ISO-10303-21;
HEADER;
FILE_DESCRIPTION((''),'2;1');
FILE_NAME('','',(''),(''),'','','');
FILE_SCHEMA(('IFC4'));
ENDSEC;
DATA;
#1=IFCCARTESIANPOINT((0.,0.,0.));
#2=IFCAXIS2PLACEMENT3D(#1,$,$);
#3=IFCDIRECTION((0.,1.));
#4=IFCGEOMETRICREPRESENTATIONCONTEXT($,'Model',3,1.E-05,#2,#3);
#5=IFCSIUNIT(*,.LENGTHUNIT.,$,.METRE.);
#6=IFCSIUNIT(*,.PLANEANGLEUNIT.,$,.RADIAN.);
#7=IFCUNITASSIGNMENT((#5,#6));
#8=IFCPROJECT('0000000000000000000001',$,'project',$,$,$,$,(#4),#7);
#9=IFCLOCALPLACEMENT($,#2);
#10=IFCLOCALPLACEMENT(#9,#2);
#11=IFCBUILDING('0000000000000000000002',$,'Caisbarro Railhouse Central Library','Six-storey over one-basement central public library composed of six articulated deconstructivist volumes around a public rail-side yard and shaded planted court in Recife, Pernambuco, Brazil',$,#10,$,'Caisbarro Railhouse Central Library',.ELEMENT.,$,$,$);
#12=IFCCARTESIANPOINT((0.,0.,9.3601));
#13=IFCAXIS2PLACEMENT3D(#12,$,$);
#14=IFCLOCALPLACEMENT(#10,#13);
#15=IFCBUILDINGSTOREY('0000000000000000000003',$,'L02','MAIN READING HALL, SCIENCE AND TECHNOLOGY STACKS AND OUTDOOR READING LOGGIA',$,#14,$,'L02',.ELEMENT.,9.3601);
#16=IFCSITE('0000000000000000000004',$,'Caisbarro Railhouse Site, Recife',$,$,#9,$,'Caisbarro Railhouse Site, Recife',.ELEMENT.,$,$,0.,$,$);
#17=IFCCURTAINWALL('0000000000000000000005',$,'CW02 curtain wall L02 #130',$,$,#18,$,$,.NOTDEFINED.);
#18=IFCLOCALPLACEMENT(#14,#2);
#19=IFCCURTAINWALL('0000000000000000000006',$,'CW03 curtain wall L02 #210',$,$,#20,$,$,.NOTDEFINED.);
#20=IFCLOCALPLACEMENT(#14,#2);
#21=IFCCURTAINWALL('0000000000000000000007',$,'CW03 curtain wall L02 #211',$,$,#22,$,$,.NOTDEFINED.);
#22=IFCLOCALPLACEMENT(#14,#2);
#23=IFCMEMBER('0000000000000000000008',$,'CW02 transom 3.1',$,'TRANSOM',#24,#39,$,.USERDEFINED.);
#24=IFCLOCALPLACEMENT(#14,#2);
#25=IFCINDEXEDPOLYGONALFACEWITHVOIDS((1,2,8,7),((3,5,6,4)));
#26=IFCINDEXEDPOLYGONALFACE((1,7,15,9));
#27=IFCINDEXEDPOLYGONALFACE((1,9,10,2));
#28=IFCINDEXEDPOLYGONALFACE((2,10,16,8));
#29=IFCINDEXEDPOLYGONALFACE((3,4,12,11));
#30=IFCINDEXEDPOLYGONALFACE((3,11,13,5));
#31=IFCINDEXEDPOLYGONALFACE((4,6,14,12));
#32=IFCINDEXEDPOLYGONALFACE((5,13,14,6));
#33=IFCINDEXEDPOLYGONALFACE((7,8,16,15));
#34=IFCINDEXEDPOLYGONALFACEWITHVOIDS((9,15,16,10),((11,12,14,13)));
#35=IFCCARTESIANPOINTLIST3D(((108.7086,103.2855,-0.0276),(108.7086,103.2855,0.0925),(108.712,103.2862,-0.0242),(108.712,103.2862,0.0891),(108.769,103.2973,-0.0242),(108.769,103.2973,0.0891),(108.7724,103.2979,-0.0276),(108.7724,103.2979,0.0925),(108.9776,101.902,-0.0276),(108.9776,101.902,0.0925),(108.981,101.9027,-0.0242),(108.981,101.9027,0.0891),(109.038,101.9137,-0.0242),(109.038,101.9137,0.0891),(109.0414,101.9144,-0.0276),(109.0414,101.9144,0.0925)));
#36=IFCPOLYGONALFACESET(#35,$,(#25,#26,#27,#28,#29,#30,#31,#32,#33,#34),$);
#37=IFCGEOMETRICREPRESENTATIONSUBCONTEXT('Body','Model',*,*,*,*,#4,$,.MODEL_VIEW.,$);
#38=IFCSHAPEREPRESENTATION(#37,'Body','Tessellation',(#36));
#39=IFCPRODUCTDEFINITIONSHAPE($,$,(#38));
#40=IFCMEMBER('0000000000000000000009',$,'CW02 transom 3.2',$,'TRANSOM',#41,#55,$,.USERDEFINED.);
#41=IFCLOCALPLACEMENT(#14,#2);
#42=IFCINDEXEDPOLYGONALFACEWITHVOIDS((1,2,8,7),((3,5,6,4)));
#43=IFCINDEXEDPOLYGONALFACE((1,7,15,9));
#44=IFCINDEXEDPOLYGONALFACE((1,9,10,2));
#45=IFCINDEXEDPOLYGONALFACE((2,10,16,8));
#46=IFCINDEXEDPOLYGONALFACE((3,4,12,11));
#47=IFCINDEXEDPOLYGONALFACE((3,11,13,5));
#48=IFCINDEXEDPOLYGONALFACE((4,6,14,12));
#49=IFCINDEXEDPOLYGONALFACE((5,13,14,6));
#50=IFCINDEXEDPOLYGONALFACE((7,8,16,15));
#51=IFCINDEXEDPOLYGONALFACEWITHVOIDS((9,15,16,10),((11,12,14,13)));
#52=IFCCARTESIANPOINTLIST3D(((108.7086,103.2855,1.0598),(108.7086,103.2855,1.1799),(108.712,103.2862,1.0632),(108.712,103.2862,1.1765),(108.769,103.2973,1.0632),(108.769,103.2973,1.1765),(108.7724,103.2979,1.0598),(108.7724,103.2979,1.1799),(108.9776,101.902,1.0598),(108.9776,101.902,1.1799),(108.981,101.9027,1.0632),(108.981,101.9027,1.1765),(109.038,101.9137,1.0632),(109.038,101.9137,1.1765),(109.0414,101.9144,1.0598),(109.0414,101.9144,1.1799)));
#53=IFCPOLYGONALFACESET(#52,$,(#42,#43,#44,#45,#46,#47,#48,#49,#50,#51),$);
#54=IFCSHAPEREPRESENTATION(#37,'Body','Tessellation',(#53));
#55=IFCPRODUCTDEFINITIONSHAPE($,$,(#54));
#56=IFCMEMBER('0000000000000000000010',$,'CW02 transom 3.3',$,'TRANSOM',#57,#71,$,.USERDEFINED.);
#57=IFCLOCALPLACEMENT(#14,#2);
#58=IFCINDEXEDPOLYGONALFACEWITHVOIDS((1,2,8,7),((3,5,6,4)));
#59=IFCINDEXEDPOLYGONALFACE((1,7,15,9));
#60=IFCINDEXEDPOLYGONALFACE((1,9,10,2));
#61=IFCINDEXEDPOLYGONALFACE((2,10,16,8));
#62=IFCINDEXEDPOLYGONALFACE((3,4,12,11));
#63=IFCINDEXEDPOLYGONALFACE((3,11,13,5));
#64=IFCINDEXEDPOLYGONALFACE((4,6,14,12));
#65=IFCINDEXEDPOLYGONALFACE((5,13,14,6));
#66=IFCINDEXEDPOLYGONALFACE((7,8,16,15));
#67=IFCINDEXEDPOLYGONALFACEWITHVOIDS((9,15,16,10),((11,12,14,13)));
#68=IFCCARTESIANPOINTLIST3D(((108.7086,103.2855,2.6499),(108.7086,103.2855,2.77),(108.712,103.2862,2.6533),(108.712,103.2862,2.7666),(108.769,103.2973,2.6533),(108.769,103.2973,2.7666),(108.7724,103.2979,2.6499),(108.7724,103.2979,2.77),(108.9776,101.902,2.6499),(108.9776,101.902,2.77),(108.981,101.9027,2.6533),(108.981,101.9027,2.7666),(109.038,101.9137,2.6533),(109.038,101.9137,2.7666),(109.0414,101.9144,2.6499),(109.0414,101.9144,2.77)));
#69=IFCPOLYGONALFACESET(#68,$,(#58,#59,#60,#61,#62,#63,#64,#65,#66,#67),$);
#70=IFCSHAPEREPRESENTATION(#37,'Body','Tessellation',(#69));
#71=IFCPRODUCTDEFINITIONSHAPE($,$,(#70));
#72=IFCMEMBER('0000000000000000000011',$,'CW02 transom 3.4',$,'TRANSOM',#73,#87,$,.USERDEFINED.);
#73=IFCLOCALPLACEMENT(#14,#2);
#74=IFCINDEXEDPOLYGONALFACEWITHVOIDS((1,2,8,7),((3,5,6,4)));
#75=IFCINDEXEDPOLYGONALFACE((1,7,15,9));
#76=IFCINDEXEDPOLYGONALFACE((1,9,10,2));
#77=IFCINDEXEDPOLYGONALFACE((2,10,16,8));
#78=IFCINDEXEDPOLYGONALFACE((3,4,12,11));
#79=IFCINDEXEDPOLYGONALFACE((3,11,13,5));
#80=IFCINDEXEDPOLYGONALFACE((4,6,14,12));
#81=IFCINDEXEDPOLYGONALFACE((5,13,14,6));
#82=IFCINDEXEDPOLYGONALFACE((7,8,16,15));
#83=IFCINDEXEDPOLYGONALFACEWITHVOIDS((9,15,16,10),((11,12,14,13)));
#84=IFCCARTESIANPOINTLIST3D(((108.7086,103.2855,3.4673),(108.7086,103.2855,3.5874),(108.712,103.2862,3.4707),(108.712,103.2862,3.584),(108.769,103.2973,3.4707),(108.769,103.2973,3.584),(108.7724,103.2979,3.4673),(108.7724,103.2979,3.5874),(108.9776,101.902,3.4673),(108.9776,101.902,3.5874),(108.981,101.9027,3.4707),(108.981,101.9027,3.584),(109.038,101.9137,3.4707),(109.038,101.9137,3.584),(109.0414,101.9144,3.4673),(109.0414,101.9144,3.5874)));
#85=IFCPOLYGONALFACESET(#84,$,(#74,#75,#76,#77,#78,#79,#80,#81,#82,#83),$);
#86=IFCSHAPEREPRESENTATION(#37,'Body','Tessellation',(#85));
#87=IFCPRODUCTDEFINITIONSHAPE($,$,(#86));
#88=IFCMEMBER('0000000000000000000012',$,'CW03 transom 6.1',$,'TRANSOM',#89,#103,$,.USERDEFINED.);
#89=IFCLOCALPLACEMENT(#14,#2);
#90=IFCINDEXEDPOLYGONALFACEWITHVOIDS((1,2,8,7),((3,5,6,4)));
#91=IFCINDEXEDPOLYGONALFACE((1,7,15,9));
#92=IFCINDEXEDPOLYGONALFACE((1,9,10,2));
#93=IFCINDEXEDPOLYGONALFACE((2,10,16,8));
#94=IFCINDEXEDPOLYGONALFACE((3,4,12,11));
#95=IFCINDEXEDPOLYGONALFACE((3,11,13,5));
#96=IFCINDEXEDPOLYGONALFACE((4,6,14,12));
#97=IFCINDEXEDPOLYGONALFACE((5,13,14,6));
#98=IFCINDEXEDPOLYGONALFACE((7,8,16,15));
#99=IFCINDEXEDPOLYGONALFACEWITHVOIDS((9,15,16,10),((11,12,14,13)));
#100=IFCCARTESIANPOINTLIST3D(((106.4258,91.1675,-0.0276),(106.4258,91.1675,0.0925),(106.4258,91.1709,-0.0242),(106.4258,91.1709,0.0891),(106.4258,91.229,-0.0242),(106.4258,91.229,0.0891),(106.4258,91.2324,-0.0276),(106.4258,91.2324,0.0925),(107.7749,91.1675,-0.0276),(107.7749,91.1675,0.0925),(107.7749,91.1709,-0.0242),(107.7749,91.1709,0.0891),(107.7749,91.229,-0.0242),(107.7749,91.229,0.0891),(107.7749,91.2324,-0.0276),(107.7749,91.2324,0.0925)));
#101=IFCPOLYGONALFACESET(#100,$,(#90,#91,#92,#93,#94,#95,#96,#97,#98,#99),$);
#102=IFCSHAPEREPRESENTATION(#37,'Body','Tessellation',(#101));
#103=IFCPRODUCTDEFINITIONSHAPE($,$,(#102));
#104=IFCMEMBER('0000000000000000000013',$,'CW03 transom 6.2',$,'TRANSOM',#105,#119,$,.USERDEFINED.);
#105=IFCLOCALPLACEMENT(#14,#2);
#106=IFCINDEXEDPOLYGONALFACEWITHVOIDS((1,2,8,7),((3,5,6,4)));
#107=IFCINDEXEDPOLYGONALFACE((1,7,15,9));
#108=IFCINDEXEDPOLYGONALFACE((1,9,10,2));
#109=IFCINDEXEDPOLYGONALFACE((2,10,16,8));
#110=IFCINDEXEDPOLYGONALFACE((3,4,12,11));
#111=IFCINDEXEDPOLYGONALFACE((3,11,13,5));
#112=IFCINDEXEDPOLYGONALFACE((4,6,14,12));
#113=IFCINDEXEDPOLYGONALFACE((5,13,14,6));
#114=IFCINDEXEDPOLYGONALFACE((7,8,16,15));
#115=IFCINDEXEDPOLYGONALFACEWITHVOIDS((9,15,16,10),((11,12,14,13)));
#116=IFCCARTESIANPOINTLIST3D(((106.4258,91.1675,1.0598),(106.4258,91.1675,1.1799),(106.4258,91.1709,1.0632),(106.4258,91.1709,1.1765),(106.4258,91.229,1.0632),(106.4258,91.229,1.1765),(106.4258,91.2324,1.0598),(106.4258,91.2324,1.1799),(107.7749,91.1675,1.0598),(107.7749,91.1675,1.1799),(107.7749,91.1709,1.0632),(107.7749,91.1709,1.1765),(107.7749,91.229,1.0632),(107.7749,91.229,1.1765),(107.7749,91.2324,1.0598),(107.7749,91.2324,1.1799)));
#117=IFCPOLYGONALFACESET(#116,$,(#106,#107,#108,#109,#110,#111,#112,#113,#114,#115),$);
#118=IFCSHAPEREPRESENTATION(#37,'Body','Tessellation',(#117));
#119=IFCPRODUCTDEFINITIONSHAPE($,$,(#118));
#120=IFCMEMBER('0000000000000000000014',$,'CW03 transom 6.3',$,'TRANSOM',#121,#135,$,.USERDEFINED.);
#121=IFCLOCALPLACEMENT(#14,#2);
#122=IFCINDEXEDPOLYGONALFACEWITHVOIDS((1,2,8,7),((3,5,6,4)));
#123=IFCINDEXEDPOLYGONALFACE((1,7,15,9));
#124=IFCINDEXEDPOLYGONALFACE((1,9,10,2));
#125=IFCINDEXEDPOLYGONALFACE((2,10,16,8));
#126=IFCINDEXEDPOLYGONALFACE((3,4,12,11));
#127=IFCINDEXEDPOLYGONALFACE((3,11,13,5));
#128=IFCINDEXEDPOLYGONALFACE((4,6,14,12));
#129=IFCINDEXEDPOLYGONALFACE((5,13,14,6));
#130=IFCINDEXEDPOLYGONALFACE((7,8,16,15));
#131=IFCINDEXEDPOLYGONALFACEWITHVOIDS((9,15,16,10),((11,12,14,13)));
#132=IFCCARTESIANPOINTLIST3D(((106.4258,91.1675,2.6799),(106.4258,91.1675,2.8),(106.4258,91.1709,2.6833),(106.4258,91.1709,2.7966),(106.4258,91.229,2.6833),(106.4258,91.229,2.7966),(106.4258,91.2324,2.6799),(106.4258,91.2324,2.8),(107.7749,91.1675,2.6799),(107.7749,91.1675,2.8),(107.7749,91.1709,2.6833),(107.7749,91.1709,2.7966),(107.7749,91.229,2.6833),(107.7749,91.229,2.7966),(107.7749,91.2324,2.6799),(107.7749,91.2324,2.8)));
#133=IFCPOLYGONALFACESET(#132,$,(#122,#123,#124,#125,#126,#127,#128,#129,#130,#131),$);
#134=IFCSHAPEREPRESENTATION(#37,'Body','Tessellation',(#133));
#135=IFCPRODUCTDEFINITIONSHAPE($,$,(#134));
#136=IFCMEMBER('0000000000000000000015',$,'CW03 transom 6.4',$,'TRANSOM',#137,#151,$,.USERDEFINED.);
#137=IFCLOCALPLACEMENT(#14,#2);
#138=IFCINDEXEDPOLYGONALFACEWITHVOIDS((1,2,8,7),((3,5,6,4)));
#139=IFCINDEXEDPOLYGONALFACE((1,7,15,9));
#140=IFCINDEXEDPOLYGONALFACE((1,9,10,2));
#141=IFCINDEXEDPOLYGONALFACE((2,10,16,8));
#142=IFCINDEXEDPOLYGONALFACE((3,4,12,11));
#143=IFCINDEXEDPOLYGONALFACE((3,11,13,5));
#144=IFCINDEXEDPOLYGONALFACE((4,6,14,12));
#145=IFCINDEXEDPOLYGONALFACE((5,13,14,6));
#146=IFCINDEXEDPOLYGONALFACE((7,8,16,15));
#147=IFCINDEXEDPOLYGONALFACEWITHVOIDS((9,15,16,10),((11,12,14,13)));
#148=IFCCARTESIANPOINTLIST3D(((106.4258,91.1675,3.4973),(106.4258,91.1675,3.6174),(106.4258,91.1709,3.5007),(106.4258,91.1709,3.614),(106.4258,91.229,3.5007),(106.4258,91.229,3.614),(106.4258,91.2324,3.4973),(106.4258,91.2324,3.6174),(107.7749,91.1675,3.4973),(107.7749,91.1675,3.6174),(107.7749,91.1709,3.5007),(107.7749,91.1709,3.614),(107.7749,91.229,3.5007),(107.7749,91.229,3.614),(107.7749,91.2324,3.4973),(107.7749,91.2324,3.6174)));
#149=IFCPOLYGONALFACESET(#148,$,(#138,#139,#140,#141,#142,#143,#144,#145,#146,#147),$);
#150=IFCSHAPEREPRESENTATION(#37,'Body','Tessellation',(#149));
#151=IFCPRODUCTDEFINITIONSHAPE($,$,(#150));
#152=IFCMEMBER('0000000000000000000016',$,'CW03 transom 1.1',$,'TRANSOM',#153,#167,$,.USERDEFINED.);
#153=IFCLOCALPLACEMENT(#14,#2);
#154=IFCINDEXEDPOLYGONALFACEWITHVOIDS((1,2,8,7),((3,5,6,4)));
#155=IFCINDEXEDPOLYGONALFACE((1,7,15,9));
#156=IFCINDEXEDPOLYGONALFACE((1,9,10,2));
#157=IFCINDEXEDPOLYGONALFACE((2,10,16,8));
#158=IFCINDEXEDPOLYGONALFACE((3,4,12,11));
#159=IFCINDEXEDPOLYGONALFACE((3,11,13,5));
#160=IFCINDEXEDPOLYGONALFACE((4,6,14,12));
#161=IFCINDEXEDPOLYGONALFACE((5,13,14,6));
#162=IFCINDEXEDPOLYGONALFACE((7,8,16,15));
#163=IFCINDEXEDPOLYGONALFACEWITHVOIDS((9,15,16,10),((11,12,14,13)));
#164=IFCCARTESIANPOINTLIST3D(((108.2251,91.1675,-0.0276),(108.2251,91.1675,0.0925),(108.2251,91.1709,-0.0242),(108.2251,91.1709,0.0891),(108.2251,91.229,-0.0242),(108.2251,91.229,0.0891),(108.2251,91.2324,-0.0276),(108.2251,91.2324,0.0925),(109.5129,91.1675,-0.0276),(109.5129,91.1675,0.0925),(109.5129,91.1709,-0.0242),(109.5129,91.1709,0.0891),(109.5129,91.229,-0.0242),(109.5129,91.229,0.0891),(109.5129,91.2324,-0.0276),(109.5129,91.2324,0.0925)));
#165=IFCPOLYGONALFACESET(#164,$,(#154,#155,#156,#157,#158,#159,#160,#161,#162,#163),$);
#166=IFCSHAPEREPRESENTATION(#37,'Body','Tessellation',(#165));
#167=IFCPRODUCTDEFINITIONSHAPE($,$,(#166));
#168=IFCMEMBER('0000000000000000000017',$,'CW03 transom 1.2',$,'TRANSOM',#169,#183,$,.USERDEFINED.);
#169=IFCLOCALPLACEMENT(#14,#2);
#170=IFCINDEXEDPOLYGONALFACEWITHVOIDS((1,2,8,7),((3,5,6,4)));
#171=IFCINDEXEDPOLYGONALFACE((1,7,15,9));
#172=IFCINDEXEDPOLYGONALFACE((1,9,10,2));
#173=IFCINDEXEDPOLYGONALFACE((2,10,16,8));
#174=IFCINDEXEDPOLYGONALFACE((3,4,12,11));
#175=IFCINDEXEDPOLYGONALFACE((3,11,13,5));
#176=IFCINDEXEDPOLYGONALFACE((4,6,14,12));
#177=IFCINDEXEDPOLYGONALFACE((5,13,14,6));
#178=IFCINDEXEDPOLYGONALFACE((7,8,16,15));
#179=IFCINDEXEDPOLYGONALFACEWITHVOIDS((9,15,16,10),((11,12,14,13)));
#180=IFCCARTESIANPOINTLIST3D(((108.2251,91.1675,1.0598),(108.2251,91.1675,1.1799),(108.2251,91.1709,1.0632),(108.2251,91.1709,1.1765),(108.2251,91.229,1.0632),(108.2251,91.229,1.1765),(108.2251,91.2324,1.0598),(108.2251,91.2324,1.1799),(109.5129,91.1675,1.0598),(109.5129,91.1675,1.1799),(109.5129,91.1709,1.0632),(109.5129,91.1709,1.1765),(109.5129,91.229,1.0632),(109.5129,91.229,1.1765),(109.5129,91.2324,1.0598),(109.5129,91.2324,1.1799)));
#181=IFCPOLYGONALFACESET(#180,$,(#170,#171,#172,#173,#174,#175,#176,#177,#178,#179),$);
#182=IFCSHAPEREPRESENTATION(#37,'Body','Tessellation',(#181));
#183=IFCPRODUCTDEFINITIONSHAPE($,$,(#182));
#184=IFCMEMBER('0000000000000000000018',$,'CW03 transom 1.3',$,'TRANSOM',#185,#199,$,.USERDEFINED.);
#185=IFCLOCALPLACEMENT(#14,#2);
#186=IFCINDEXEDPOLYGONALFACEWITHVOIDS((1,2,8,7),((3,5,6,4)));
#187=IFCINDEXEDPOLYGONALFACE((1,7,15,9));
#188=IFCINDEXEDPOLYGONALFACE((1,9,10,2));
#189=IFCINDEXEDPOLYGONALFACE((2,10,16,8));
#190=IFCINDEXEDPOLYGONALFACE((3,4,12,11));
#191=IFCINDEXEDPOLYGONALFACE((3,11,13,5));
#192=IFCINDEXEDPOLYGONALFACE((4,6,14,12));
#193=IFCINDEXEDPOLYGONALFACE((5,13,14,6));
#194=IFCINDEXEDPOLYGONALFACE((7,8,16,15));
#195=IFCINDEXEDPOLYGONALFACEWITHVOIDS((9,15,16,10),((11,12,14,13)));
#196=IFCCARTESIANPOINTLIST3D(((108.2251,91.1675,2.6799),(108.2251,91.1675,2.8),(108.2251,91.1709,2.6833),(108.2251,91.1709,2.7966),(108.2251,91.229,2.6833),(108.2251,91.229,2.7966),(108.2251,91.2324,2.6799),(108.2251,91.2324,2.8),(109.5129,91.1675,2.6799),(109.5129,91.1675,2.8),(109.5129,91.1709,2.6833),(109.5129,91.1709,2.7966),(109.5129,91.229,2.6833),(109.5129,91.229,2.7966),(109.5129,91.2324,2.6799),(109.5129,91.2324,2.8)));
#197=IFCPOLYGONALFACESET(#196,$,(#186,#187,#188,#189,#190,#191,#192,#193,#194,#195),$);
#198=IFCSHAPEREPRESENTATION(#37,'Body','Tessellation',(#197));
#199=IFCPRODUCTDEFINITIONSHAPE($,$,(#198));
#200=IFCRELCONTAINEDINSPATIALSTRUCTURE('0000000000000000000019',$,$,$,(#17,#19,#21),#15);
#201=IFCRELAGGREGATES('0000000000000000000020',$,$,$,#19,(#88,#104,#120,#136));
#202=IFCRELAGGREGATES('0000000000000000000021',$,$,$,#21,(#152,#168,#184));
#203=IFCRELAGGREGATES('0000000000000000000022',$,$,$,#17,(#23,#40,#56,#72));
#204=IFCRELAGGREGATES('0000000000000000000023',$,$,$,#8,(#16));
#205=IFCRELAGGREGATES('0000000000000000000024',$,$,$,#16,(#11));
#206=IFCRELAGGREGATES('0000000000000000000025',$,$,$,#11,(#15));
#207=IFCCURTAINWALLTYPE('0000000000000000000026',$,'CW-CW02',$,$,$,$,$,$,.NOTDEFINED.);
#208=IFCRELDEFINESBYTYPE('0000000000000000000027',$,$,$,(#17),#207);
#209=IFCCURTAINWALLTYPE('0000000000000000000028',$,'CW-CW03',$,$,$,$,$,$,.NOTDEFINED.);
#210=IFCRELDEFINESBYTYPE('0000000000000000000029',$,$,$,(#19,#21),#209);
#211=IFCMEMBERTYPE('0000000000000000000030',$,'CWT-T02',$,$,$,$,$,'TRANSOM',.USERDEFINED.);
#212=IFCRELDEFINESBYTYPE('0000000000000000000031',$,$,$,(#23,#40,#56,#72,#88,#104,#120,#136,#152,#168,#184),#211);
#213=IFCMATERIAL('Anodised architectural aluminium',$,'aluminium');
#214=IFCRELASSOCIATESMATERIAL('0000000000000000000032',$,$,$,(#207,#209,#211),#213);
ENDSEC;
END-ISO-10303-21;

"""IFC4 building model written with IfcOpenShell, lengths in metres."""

from ifc_helpers import new_model, si_unit, direction, frame, origin, origin_2d, place, context, subcontext, project, spatial, hollow_rectangle, extrude, material, material_profile, profile_set, type_object, element, aggregate, save


model = new_model("IFC4")

# Units and contexts
model_context = context("Model", 3, precision=1e-05, world=origin(), true_north=direction((0.0, 1.0)))
body_context = subcontext(model_context, "Body", "Model", "MODEL_VIEW")
ifc_project = project(units=[si_unit("LENGTHUNIT", "METRE"), si_unit("PLANEANGLEUNIT", "RADIAN")], contexts=[model_context])

# Site, building, storey
site_placement = place(None, origin())
site = spatial("IfcSite", under=ifc_project, at=site_placement, Name="Caisbarro Railhouse Site, Recife", LongName="Caisbarro Railhouse Site, Recife", CompositionType="ELEMENT", RefElevation=0.0)
building_placement = place(site_placement, origin())
building = spatial("IfcBuilding", under=site, at=building_placement, Name="Caisbarro Railhouse Central Library", Description="Six-storey over one-basement central public library composed of six articulated deconstructivist volumes around a public rail-side yard and shaded planted court in Recife, Pernambuco, Brazil", LongName="Caisbarro Railhouse Central Library", CompositionType="ELEMENT")
storey_placement = place(building_placement, frame((0.0, 0.0, 9.3601)))
storey = spatial("IfcBuildingStorey", under=building, at=storey_placement, Name="L02", Description="MAIN READING HALL, SCIENCE AND TECHNOLOGY STACKS AND OUTDOOR READING LOGGIA", LongName="L02", CompositionType="ELEMENT", Elevation=9.3601)

# Curtain wall
ifc_material_1 = material(Name="Anodised architectural aluminium", Category="aluminium")
curtain_wall_type_1 = type_object("IfcCurtainWallType", Name="CW-CW02", PredefinedType="NOTDEFINED", material=ifc_material_1)
curtain_wall_1_placement = place(storey_placement, origin())
curtain_wall_1 = element("IfcCurtainWall", 1, at=curtain_wall_1_placement, inside=storey, type_object=curtain_wall_type_1, Name="CW02 curtain wall L02 #130", PredefinedType="NOTDEFINED")

# Curtain wall
curtain_wall_type_2 = type_object("IfcCurtainWallType", Name="CW-CW03", PredefinedType="NOTDEFINED", material=ifc_material_1)
curtain_wall_2_placement = place(storey_placement, origin())
curtain_wall_2 = element("IfcCurtainWall", 2, at=curtain_wall_2_placement, inside=storey, type_object=curtain_wall_type_2, Name="CW03 curtain wall L02 #210", PredefinedType="NOTDEFINED")

# Curtain wall
curtain_wall_3_placement = place(storey_placement, origin())
curtain_wall_3 = element("IfcCurtainWall", 3, at=curtain_wall_3_placement, inside=storey, type_object=curtain_wall_type_2, Name="CW03 curtain wall L02 #211", PredefinedType="NOTDEFINED")

# Members
ifc_material_profile_1 = material_profile(ifc_material_1, hollow_rectangle(XDim=0.0649, YDim=0.1201, WallThickness=0.0034, at=origin_2d()), Name="ALU-TRN-65X120")
ifc_profile_set_1 = profile_set([ifc_material_profile_1], Name="Anodised architectural aluminium")
member_type_1 = type_object("IfcMemberType", Name="CWT-T02", ElementType="TRANSOM", PredefinedType="USERDEFINED", material=ifc_profile_set_1)
member_1_placement = place(storey_placement, frame((109.0095, 101.9082, 0.0325), z_axis=(-0.190884, 0.981613, 0.0), x_axis=(-0.981613, -0.190884, 0.0)))
member_1 = element("IfcMember", 4, at=member_1_placement, type_object=member_type_1, Name="CW02 transom 3.1", ObjectType="TRANSOM", PredefinedType="USERDEFINED", context=body_context, shape_type="SweptSolid", body=[
    extrude(hollow_rectangle(XDim=0.0649, YDim=0.1201, WallThickness=0.0034, at=origin_2d()), origin(), (0.0, 0.0, 1.0), 1.4094),
])
member_2_placement = place(storey_placement, frame((109.0095, 101.9082, 1.1199), z_axis=(-0.190884, 0.981613, 0.0), x_axis=(-0.981613, -0.190884, 0.0)))
member_2 = element("IfcMember", 5, at=member_2_placement, type_object=member_type_1, Name="CW02 transom 3.2", ObjectType="TRANSOM", PredefinedType="USERDEFINED", context=body_context, shape_type="SweptSolid", body=[
    extrude(hollow_rectangle(XDim=0.0649, YDim=0.1201, WallThickness=0.0034, at=origin_2d()), origin(), (0.0, 0.0, 1.0), 1.4094),
])
member_3_placement = place(storey_placement, frame((109.0095, 101.9082, 2.71), z_axis=(-0.190884, 0.981613, 0.0), x_axis=(-0.981613, -0.190884, 0.0)))
member_3 = element("IfcMember", 6, at=member_3_placement, type_object=member_type_1, Name="CW02 transom 3.3", ObjectType="TRANSOM", PredefinedType="USERDEFINED", context=body_context, shape_type="SweptSolid", body=[
    extrude(hollow_rectangle(XDim=0.0649, YDim=0.1201, WallThickness=0.0034, at=origin_2d()), origin(), (0.0, 0.0, 1.0), 1.4094),
])
member_4_placement = place(storey_placement, frame((109.0095, 101.9082, 3.5273), z_axis=(-0.190884, 0.981613, 0.0), x_axis=(-0.981613, -0.190884, 0.0)))
member_4 = element("IfcMember", 7, at=member_4_placement, type_object=member_type_1, Name="CW02 transom 3.4", ObjectType="TRANSOM", PredefinedType="USERDEFINED", context=body_context, shape_type="SweptSolid", body=[
    extrude(hollow_rectangle(XDim=0.0649, YDim=0.1201, WallThickness=0.0034, at=origin_2d()), origin(), (0.0, 0.0, 1.0), 1.4094),
])
member_5_placement = place(storey_placement, frame((106.4258, 91.2, 0.0325), z_axis=(1.0, 0.0, 0.0), x_axis=(0.0, 1.0, 0.0)))
member_5 = element("IfcMember", 8, at=member_5_placement, type_object=member_type_1, Name="CW03 transom 6.1", ObjectType="TRANSOM", PredefinedType="USERDEFINED", context=body_context, shape_type="SweptSolid", body=[
    extrude(hollow_rectangle(XDim=0.0649, YDim=0.1201, WallThickness=0.0034, at=origin_2d()), origin(), (0.0, 0.0, 1.0), 1.3491),
])
member_6_placement = place(storey_placement, frame((106.4258, 91.2, 1.1199), z_axis=(1.0, 0.0, 0.0), x_axis=(0.0, 1.0, 0.0)))
member_6 = element("IfcMember", 9, at=member_6_placement, type_object=member_type_1, Name="CW03 transom 6.2", ObjectType="TRANSOM", PredefinedType="USERDEFINED", context=body_context, shape_type="SweptSolid", body=[
    extrude(hollow_rectangle(XDim=0.0649, YDim=0.1201, WallThickness=0.0034, at=origin_2d()), origin(), (0.0, 0.0, 1.0), 1.3491),
])
member_7_placement = place(storey_placement, frame((106.4258, 91.2, 2.74), z_axis=(1.0, 0.0, 0.0), x_axis=(0.0, 1.0, 0.0)))
member_7 = element("IfcMember", 10, at=member_7_placement, type_object=member_type_1, Name="CW03 transom 6.3", ObjectType="TRANSOM", PredefinedType="USERDEFINED", context=body_context, shape_type="SweptSolid", body=[
    extrude(hollow_rectangle(XDim=0.0649, YDim=0.1201, WallThickness=0.0034, at=origin_2d()), origin(), (0.0, 0.0, 1.0), 1.3491),
])
member_8_placement = place(storey_placement, frame((106.4258, 91.2, 3.5574), z_axis=(1.0, 0.0, 0.0), x_axis=(0.0, 1.0, 0.0)))
member_8 = element("IfcMember", 11, at=member_8_placement, type_object=member_type_1, Name="CW03 transom 6.4", ObjectType="TRANSOM", PredefinedType="USERDEFINED", context=body_context, shape_type="SweptSolid", body=[
    extrude(hollow_rectangle(XDim=0.0649, YDim=0.1201, WallThickness=0.0034, at=origin_2d()), origin(), (0.0, 0.0, 1.0), 1.3491),
])
member_9_placement = place(storey_placement, frame((108.2251, 91.2, 0.0325), z_axis=(1.0, 0.0, 0.0), x_axis=(0.0, 1.0, 0.0)))
member_9 = element("IfcMember", 12, at=member_9_placement, type_object=member_type_1, Name="CW03 transom 1.1", ObjectType="TRANSOM", PredefinedType="USERDEFINED", context=body_context, shape_type="SweptSolid", body=[
    extrude(hollow_rectangle(XDim=0.0649, YDim=0.1201, WallThickness=0.0034, at=origin_2d()), origin(), (0.0, 0.0, 1.0), 1.2878),
])
member_10_placement = place(storey_placement, frame((108.2251, 91.2, 1.1199), z_axis=(1.0, 0.0, 0.0), x_axis=(0.0, 1.0, 0.0)))
member_10 = element("IfcMember", 13, at=member_10_placement, type_object=member_type_1, Name="CW03 transom 1.2", ObjectType="TRANSOM", PredefinedType="USERDEFINED", context=body_context, shape_type="SweptSolid", body=[
    extrude(hollow_rectangle(XDim=0.0649, YDim=0.1201, WallThickness=0.0034, at=origin_2d()), origin(), (0.0, 0.0, 1.0), 1.2878),
])
member_11_placement = place(storey_placement, frame((108.2251, 91.2, 2.74), z_axis=(1.0, 0.0, 0.0), x_axis=(0.0, 1.0, 0.0)))
member_11 = element("IfcMember", 14, at=member_11_placement, type_object=member_type_1, Name="CW03 transom 1.3", ObjectType="TRANSOM", PredefinedType="USERDEFINED", context=body_context, shape_type="SweptSolid", body=[
    extrude(hollow_rectangle(XDim=0.0649, YDim=0.1201, WallThickness=0.0034, at=origin_2d()), origin(), (0.0, 0.0, 1.0), 1.2878),
])

aggregate(curtain_wall_2, [member_5, member_6, member_7, member_8])
aggregate(curtain_wall_3, [member_9, member_10, member_11])
aggregate(curtain_wall_1, [member_1, member_2, member_3, member_4])

save(model, "model.ifc")
